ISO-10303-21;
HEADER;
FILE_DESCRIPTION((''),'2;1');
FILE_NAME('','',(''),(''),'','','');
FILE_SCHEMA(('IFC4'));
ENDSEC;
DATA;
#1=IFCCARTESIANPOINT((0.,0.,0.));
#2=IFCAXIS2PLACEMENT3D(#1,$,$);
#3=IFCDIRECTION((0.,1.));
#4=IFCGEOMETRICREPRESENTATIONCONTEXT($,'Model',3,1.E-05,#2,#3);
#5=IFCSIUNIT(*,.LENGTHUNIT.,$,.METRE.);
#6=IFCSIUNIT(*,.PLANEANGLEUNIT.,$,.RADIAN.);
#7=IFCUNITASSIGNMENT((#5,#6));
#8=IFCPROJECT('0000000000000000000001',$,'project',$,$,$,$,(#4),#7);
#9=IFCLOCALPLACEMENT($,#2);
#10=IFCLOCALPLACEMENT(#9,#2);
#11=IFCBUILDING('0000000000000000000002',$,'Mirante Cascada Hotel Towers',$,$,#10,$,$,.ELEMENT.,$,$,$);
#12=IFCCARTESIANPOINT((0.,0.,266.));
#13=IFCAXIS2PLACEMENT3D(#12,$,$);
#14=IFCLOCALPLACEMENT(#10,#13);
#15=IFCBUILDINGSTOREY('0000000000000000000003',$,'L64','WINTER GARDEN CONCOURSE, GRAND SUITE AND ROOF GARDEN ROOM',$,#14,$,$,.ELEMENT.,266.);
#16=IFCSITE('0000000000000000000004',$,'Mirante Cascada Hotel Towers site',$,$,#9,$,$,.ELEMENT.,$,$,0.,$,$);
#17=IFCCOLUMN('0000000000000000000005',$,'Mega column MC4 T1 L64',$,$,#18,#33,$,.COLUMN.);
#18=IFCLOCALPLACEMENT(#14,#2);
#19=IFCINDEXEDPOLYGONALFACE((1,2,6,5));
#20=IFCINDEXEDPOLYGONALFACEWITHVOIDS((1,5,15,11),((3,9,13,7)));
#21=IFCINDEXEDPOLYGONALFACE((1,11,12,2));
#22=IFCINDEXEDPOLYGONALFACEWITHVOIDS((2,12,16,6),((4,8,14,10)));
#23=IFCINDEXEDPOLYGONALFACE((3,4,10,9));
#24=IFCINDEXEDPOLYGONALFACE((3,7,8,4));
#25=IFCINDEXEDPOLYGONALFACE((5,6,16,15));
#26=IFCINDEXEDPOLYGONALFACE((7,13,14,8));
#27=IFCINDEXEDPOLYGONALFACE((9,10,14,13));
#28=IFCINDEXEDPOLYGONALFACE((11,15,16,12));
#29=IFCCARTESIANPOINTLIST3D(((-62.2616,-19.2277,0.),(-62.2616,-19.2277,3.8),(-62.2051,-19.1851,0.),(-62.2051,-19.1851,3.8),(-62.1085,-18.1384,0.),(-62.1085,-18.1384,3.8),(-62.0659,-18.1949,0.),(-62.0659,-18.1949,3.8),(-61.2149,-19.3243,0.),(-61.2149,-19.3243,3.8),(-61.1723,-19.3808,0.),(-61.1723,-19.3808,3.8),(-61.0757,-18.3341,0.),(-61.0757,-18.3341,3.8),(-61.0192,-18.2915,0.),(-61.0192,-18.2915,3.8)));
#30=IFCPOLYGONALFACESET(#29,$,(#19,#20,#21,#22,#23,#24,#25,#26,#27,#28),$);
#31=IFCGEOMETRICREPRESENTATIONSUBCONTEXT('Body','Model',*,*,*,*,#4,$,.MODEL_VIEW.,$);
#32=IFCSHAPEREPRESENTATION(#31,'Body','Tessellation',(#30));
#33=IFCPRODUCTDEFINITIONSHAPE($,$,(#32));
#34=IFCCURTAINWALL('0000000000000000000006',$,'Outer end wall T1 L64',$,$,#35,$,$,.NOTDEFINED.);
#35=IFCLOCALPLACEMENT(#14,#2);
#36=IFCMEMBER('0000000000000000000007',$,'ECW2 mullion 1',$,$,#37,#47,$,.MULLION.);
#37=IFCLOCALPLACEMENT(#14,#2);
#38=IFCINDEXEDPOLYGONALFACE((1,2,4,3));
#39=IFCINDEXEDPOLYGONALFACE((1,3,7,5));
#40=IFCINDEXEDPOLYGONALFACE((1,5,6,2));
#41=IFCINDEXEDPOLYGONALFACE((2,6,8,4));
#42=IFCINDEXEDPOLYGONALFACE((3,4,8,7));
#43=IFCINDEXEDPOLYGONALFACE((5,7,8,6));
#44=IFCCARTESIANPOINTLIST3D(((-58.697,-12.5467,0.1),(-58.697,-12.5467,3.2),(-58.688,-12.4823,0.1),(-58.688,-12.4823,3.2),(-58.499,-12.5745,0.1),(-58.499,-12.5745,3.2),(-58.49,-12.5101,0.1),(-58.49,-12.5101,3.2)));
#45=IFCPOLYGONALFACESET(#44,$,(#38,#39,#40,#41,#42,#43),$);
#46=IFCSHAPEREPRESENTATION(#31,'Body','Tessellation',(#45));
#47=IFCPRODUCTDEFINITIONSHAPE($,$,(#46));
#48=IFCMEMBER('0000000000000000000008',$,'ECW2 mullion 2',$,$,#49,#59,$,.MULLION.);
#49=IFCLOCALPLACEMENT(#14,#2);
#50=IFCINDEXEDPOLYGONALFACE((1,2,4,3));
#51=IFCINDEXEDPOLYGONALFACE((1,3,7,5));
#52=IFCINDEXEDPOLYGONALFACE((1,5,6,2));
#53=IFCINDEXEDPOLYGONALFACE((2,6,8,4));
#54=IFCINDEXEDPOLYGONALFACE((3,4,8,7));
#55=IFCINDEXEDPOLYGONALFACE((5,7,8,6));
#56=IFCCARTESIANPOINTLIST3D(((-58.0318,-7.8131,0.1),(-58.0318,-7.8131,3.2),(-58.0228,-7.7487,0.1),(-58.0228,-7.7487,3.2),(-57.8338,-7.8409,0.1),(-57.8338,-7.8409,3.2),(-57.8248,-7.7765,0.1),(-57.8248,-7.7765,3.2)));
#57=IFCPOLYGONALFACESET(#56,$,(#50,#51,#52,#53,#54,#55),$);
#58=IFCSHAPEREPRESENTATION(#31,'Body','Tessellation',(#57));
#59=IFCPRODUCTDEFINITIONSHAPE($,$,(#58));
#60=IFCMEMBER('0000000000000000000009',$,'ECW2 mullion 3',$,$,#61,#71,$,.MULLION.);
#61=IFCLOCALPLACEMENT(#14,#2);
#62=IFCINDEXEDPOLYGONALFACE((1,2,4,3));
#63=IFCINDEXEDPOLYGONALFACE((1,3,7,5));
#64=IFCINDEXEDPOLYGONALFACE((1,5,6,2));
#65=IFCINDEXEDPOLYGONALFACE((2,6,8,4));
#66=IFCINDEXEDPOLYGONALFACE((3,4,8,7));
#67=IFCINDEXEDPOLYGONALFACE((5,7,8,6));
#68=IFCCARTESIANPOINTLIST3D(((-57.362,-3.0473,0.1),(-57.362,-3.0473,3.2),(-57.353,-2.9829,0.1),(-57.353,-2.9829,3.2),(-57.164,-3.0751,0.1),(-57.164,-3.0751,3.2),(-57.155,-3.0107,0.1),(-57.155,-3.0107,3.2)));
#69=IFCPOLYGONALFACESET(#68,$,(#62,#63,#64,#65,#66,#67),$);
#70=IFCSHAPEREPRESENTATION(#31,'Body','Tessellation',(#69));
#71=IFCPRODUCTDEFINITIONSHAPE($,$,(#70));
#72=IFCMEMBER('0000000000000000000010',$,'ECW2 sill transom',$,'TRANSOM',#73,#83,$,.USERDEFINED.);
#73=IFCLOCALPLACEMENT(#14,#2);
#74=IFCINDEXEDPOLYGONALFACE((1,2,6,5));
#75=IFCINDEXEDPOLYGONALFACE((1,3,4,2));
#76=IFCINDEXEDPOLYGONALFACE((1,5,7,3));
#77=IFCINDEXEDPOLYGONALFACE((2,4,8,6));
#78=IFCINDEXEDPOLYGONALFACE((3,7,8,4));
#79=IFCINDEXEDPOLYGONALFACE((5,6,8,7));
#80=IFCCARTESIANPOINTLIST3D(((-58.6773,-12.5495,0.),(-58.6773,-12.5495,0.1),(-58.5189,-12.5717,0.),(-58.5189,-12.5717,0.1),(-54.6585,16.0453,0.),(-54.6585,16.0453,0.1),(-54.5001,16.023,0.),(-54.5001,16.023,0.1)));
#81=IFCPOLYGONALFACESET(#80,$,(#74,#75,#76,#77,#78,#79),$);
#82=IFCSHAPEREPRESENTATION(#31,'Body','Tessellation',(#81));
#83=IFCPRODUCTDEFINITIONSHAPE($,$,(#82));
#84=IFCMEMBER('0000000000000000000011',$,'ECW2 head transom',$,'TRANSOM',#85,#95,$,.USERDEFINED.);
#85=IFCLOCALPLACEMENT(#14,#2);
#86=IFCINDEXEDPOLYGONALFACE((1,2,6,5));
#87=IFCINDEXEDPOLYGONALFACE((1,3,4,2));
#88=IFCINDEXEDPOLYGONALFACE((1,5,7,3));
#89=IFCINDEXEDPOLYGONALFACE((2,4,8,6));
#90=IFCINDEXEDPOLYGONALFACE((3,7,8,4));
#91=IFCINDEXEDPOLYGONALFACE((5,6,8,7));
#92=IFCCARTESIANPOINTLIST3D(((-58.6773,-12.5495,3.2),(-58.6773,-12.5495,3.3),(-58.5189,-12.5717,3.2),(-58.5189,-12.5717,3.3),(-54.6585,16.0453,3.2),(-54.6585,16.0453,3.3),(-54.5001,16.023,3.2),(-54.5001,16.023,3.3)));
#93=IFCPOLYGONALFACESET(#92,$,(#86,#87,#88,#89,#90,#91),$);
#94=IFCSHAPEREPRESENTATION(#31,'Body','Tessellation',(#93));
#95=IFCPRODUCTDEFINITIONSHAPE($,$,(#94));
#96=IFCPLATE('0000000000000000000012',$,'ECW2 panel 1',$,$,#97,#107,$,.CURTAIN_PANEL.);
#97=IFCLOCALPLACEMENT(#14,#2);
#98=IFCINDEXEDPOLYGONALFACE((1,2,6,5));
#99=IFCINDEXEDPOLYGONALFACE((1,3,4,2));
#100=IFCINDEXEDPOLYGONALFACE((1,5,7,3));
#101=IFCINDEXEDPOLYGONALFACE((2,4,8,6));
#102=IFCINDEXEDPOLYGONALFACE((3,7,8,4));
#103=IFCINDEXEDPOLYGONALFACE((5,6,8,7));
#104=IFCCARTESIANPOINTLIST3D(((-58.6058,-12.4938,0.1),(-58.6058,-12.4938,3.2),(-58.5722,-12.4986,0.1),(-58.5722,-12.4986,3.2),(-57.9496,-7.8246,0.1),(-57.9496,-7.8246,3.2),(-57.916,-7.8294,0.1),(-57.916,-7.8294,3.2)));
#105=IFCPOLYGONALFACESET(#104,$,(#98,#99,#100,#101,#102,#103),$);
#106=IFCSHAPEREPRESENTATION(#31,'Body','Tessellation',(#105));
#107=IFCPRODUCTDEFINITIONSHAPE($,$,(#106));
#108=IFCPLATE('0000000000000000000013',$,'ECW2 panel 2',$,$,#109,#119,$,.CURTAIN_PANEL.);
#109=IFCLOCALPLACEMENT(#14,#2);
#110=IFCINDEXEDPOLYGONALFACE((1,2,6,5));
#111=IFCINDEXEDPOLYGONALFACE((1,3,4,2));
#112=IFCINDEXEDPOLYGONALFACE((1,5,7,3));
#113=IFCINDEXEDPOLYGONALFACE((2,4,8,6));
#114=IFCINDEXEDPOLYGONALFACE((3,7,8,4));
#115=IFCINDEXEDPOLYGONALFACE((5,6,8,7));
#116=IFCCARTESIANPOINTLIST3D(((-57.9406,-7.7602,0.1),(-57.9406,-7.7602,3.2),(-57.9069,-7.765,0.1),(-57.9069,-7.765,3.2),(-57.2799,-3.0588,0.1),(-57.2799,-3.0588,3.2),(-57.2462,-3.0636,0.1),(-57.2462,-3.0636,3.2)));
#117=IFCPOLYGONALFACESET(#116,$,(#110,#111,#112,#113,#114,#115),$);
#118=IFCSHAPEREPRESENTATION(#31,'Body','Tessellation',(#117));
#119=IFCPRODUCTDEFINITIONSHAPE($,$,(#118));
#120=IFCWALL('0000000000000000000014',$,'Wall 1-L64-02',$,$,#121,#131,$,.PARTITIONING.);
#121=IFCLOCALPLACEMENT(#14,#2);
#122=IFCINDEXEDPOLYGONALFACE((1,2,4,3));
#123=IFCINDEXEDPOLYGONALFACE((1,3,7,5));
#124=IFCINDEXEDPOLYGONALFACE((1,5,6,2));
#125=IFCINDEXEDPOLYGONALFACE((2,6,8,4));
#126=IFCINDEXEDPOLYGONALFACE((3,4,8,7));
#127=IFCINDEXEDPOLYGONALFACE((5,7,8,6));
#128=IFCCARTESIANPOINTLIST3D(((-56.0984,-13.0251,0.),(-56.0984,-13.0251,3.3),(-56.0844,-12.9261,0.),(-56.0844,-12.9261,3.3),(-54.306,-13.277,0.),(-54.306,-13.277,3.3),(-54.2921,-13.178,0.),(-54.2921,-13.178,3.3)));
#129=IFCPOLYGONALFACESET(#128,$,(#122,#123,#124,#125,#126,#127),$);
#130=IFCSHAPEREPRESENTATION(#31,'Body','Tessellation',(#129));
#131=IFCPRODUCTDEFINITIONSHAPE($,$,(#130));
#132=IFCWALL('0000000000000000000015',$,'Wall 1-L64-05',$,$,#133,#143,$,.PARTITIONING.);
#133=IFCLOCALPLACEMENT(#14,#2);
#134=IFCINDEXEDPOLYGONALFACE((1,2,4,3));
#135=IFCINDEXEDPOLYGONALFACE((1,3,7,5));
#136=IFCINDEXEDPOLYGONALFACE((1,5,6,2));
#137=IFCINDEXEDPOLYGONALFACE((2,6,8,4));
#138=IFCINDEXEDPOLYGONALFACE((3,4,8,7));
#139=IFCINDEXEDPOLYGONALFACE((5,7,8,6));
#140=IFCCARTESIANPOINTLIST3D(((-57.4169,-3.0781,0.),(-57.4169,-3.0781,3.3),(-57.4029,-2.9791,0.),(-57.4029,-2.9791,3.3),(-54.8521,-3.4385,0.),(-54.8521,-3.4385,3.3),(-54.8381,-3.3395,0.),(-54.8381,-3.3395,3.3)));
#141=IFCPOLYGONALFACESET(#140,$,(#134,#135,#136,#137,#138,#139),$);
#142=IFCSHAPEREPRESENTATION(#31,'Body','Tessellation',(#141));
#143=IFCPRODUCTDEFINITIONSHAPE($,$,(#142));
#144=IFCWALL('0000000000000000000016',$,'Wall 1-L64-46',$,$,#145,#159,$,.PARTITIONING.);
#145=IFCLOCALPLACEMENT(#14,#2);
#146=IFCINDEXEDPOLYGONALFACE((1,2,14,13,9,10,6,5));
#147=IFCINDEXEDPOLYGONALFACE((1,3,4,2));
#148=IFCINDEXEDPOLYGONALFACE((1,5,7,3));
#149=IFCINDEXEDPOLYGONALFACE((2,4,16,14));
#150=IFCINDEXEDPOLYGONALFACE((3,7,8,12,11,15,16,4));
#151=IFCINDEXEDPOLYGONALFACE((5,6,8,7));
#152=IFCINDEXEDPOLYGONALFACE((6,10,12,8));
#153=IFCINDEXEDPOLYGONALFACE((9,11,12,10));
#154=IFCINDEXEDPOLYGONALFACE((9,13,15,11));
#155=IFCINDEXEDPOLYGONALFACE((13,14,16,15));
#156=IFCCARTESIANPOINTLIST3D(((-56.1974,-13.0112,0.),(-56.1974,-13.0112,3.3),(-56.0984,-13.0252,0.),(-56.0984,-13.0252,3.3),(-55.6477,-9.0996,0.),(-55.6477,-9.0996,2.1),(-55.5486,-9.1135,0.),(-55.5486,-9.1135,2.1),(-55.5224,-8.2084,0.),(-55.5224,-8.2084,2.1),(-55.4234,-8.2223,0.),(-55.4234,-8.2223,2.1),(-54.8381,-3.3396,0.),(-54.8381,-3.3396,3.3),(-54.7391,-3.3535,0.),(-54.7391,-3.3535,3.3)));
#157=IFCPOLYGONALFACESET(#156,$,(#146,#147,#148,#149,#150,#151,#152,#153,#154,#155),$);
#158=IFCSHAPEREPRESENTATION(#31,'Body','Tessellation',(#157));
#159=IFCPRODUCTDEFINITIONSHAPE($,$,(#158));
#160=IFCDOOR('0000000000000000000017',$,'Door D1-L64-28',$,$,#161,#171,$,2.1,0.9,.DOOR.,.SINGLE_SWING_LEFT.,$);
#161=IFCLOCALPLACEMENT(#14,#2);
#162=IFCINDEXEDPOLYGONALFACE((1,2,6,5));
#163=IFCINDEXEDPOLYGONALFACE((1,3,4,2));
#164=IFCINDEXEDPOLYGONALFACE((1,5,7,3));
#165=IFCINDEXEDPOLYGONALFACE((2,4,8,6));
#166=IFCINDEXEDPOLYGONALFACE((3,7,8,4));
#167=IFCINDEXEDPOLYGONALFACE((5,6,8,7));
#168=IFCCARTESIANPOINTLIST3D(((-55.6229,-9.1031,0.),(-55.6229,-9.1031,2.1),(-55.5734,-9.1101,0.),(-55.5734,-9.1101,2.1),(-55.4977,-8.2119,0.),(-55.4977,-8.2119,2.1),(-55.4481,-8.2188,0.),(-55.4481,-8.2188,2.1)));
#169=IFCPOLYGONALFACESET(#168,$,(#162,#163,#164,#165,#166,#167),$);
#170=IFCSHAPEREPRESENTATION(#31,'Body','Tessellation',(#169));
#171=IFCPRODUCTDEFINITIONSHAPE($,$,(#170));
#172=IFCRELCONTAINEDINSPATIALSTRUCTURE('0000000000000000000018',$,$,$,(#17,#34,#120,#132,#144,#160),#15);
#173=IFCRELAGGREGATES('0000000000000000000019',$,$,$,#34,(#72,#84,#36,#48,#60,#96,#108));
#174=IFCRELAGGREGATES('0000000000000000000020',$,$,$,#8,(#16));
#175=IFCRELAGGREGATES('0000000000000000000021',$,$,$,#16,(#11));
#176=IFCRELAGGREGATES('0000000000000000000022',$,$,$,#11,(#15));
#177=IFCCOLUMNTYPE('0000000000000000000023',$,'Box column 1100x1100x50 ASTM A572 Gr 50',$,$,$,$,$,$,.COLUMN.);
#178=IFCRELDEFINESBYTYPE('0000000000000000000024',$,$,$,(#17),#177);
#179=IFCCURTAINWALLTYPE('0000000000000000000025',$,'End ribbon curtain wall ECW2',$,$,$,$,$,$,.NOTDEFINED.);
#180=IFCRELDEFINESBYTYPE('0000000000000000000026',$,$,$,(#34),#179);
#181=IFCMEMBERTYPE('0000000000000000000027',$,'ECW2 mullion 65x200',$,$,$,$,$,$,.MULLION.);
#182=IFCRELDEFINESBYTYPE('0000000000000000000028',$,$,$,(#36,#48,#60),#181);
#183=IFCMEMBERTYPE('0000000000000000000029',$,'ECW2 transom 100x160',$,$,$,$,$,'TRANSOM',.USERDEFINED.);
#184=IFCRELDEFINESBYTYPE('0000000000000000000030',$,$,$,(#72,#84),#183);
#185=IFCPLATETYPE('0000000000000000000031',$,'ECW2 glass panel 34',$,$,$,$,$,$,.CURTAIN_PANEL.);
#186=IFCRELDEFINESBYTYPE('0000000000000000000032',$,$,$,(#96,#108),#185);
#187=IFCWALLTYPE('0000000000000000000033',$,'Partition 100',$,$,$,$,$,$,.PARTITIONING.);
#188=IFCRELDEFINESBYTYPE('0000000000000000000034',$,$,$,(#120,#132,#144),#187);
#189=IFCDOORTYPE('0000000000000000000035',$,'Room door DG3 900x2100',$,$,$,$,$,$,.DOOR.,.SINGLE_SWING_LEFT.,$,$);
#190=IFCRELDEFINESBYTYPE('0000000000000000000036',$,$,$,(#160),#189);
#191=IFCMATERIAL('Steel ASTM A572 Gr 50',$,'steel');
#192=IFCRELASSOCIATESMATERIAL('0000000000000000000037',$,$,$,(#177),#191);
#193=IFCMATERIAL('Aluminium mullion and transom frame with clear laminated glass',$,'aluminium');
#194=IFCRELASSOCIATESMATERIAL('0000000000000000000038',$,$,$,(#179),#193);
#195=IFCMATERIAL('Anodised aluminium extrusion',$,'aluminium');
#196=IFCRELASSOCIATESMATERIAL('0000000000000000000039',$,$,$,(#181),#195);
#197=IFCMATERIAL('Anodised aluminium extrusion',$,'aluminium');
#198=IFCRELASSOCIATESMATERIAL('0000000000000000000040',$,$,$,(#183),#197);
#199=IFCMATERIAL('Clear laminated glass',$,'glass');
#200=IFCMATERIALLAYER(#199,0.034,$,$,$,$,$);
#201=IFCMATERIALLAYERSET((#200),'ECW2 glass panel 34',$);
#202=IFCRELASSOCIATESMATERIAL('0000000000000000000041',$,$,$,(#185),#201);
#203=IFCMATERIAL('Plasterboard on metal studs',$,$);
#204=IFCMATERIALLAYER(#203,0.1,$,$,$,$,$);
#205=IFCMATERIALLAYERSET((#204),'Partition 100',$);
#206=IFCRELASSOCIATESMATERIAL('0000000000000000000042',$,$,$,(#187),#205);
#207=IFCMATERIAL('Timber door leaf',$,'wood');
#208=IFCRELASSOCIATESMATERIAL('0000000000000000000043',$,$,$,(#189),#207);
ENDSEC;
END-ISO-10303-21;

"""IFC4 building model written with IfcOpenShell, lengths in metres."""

from ifc_helpers import new_model, si_unit, direction, frame, frame_2d, origin, origin_2d, place, context, subcontext, project, spatial, rectangle, hollow_rectangle, extrude, material, layer, layer_set, material_profile, profile_set, type_object, element, fill, aggregate, save


model = new_model("IFC4")

# Units and contexts
model_context = context("Model", 3, precision=1e-05, world=origin(), true_north=direction((0.0, 1.0)))
body_context = subcontext(model_context, "Body", "Model", "MODEL_VIEW")
ifc_project = project(units=[si_unit("LENGTHUNIT", "METRE"), si_unit("PLANEANGLEUNIT", "RADIAN")], contexts=[model_context])

# Site, building, storey
site_placement = place(None, origin())
site = spatial("IfcSite", under=ifc_project, at=site_placement, Name="Mirante Cascada Hotel Towers site", CompositionType="ELEMENT", RefElevation=0.0)
building_placement = place(site_placement, origin())
building = spatial("IfcBuilding", under=site, at=building_placement, Name="Mirante Cascada Hotel Towers", CompositionType="ELEMENT")
storey_placement = place(building_placement, frame((0.0, 0.0, 266.0)))
storey = spatial("IfcBuildingStorey", under=building, at=storey_placement, Name="L64", Description="WINTER GARDEN CONCOURSE, GRAND SUITE AND ROOF GARDEN ROOM", CompositionType="ELEMENT", Elevation=266.0)

# Column
ifc_material_1 = material(Name="Steel ASTM A572 Gr 50", Category="steel")
ifc_material_profile_1 = material_profile(ifc_material_1, hollow_rectangle(XDim=1.1, YDim=1.1, WallThickness=0.05, at=origin_2d()), Name="Box column 1100x1100x50 ASTM A572 Gr 50")
ifc_profile_set_1 = profile_set([ifc_material_profile_1], Name="Steel ASTM A572 Gr 50")
column_type = type_object("IfcColumnType", Name="Box column 1100x1100x50 ASTM A572 Gr 50", PredefinedType="COLUMN", material=ifc_profile_set_1)
column_placement = place(storey_placement, frame((-61.6404, -18.7596, 0.0), z_axis=(0.0, 0.0, 1.0), x_axis=(-0.990268, 0.139173, 0.0)))
element("IfcColumn", 1, at=column_placement, inside=storey, type_object=column_type, Name="Mega column MC4 T1 L64", PredefinedType="COLUMN", context=body_context, shape_type="SweptSolid", body=[
    extrude(hollow_rectangle(XDim=1.1, YDim=1.1, WallThickness=0.05, at=origin_2d()), origin(), (0.0, 0.0, 1.0), 3.8),
])

# Curtain wall, members, plates
ifc_material_2 = material(Name="Aluminium mullion and transom frame with clear laminated glass", Category="aluminium")
curtain_wall_type = type_object("IfcCurtainWallType", Name="End ribbon curtain wall ECW2", PredefinedType="NOTDEFINED", material=ifc_material_2)
curtain_wall_placement = place(storey_placement, origin())
curtain_wall = element("IfcCurtainWall", 2, at=curtain_wall_placement, inside=storey, type_object=curtain_wall_type, Name="Outer end wall T1 L64", PredefinedType="NOTDEFINED")
ifc_material_3 = material(Name="Anodised aluminium extrusion", Category="aluminium")
ifc_material_profile_2 = material_profile(ifc_material_3, rectangle(XDim=0.2, YDim=0.065, at=origin_2d()), Name="ECW2 MULLION 65x200")
ifc_profile_set_2 = profile_set([ifc_material_profile_2], Name="Anodised aluminium extrusion")
member_type_1 = type_object("IfcMemberType", Name="ECW2 mullion 65x200", PredefinedType="MULLION", material=ifc_profile_set_2)
member_1_placement = place(storey_placement, frame((-58.5935, -12.5284, 0.1), z_axis=(0.0, 0.0, 1.0), x_axis=(-0.990268, 0.139173, 0.0)))
member_1 = element("IfcMember", 3, at=member_1_placement, type_object=member_type_1, Name="ECW2 mullion 1", PredefinedType="MULLION", context=body_context, shape_type="SweptSolid", body=[
    extrude(rectangle(XDim=0.2, YDim=0.065, at=origin_2d()), origin(), (0.0, 0.0, 1.0), 3.1),
])
member_2_placement = place(storey_placement, frame((-57.9283, -7.7948, 0.1), z_axis=(0.0, 0.0, 1.0), x_axis=(-0.990268, 0.139173, 0.0)))
member_2 = element("IfcMember", 4, at=member_2_placement, type_object=member_type_1, Name="ECW2 mullion 2", PredefinedType="MULLION", context=body_context, shape_type="SweptSolid", body=[
    extrude(rectangle(XDim=0.2, YDim=0.065, at=origin_2d()), origin(), (0.0, 0.0, 1.0), 3.1),
])
member_3_placement = place(storey_placement, frame((-57.2585, -3.029, 0.1), z_axis=(0.0, 0.0, 1.0), x_axis=(-0.990268, 0.139173, 0.0)))
member_3 = element("IfcMember", 5, at=member_3_placement, type_object=member_type_1, Name="ECW2 mullion 3", PredefinedType="MULLION", context=body_context, shape_type="SweptSolid", body=[
    extrude(rectangle(XDim=0.2, YDim=0.065, at=origin_2d()), origin(), (0.0, 0.0, 1.0), 3.1),
])
ifc_material_4 = material(Name="Anodised aluminium extrusion", Category="aluminium")
ifc_material_profile_3 = material_profile(ifc_material_4, rectangle(XDim=0.16, YDim=0.1, at=origin_2d()), Name="ECW2 TRANSOM 100x160")
ifc_profile_set_3 = profile_set([ifc_material_profile_3], Name="Anodised aluminium extrusion")
member_type_2 = type_object("IfcMemberType", Name="ECW2 transom 100x160", ElementType="TRANSOM", PredefinedType="USERDEFINED", material=ifc_profile_set_3)
member_4_placement = place(storey_placement, frame((-58.5981, -12.5606, 0.05), z_axis=(0.139175, 0.990268, 0.0), x_axis=(-0.990268, 0.139175, 0.0)))
member_4 = element("IfcMember", 6, at=member_4_placement, type_object=member_type_2, Name="ECW2 sill transom", ObjectType="TRANSOM", PredefinedType="USERDEFINED", context=body_context, shape_type="SweptSolid", body=[
    extrude(rectangle(XDim=0.16, YDim=0.1, at=origin_2d()), origin(), (0.0, 0.0, 1.0), 28.8758),
])
member_5_placement = place(storey_placement, frame((-58.5981, -12.5606, 3.25), z_axis=(0.139175, 0.990268, 0.0), x_axis=(-0.990268, 0.139175, 0.0)))
member_5 = element("IfcMember", 7, at=member_5_placement, type_object=member_type_2, Name="ECW2 head transom", ObjectType="TRANSOM", PredefinedType="USERDEFINED", context=body_context, shape_type="SweptSolid", body=[
    extrude(rectangle(XDim=0.16, YDim=0.1, at=origin_2d()), origin(), (0.0, 0.0, 1.0), 28.8758),
])
ifc_material_5 = material(Name="Clear laminated glass", Category="glass")
ifc_layer_1 = layer(ifc_material_5, 0.034)
ifc_layer_set_1 = layer_set([ifc_layer_1], Name="ECW2 glass panel 34")
plate_type = type_object("IfcPlateType", Name="ECW2 glass panel 34", PredefinedType="CURTAIN_PANEL", material=ifc_layer_set_1)
plate_1_placement = place(storey_placement, frame((-58.2609, -10.1616, 0.1), z_axis=(0.0, 0.0, 1.0), x_axis=(0.139173, 0.990268, 0.0)))
plate_1 = element("IfcPlate", 8, at=plate_1_placement, type_object=plate_type, Name="ECW2 panel 1", PredefinedType="CURTAIN_PANEL", context=body_context, shape_type="SweptSolid", body=[
    extrude(rectangle(XDim=4.7151, YDim=0.034, at=origin_2d()), origin(), (0.0, 0.0, 1.0), 3.1),
])
plate_2_placement = place(storey_placement, frame((-57.5934, -5.4119, 0.1), z_axis=(0.0, 0.0, 1.0), x_axis=(0.139173, 0.990268, 0.0)))
plate_2 = element("IfcPlate", 9, at=plate_2_placement, type_object=plate_type, Name="ECW2 panel 2", PredefinedType="CURTAIN_PANEL", context=body_context, shape_type="SweptSolid", body=[
    extrude(rectangle(XDim=4.7476, YDim=0.034, at=origin_2d()), origin(), (0.0, 0.0, 1.0), 3.1),
])
aggregate(curtain_wall, [member_4, member_5, member_1, member_2, member_3, plate_1, plate_2])

# Walls
ifc_material_6 = material(Name="Plasterboard on metal studs")
ifc_layer_2 = layer(ifc_material_6, 0.1)
ifc_layer_set_2 = layer_set([ifc_layer_2], Name="Partition 100")
wall_type_1 = type_object("IfcWallType", Name="Partition 100", PredefinedType="PARTITIONING", material=ifc_layer_set_2)
wall_1_placement = place(storey_placement, frame((-56.0914, -12.9756, 0.0), z_axis=(0.0, 0.0, 1.0), x_axis=(0.990268, -0.13917, 0.0)))
element("IfcWall", 10, at=wall_1_placement, inside=storey, type_object=wall_type_1, Name="Wall 1-L64-02", PredefinedType="PARTITIONING", context=body_context, shape_type="SweptSolid", body=[
    extrude(rectangle(XDim=1.81, YDim=0.1, at=frame_2d((0.905, 0.0))), origin(), (0.0, 0.0, 1.0), 3.3),
])
wall_2_placement = place(storey_placement, frame((-54.8451, -3.389, 0.0), z_axis=(0.0, 0.0, 1.0), x_axis=(-0.990271, 0.139151, 0.0)))
element("IfcWall", 11, at=wall_2_placement, inside=storey, type_object=wall_type_1, Name="Wall 1-L64-05", PredefinedType="PARTITIONING", context=body_context, shape_type="SweptSolid", body=[
    extrude(rectangle(XDim=2.59, YDim=0.1, at=frame_2d((1.295, 0.0))), origin(), (0.0, 0.0, 1.0), 3.3),
])

# Wall, opening, door
wall_3_placement = place(storey_placement, frame((-54.7886, -3.3465, 0.0), z_axis=(0.0, 0.0, 1.0), x_axis=(-0.139178, -0.990267, 0.0)))
wall_3 = element("IfcWall", 12, at=wall_3_placement, inside=storey, type_object=wall_type_1, Name="Wall 1-L64-46", PredefinedType="PARTITIONING", context=body_context, shape_type="SweptSolid", body=[
    extrude(rectangle(XDim=9.7667, YDim=0.1, at=frame_2d((4.8834, 0.0))), origin(), (0.0, 0.0, 1.0), 3.3),
])
opening_1_placement = place(wall_3_placement, frame((4.9167, 0.0, 0.0)))
opening_1 = element("IfcOpeningElement", 13, at=opening_1_placement, cuts=wall_3, PredefinedType="OPENING", context=body_context, shape_type="SweptSolid", body=[
    extrude(rectangle(XDim=0.9, YDim=2.1, at=frame_2d((0.45, 1.05))), frame((0.0, 0.05, 0.0), z_axis=(0.0, -1.0, 0.0), x_axis=(1.0, 0.0, 0.0)), (0.0, 0.0, 1.0), 0.1),
])
ifc_material_7 = material(Name="Timber door leaf", Category="wood")
door_type = type_object("IfcDoorType", Name="Room door DG3 900x2100", OperationType="SINGLE_SWING_LEFT", PredefinedType="DOOR", material=ifc_material_7)
door_placement = place(opening_1_placement, origin())
door = element("IfcDoor", 14, at=door_placement, inside=storey, type_object=door_type, Name="Door D1-L64-28", OperationType="SINGLE_SWING_LEFT", OverallHeight=2.1, OverallWidth=0.9, PredefinedType="DOOR", context=body_context, shape_type="SweptSolid", body=[
    extrude(rectangle(XDim=0.9, YDim=2.1, at=frame_2d((0.45, 1.05))), frame((0.0, 0.025, 0.0), z_axis=(0.0, -1.0, 0.0), x_axis=(1.0, 0.0, 0.0)), (0.0, 0.0, 1.0), 0.05),
])
fill(opening_1, door)

save(model, "model.ifc")
